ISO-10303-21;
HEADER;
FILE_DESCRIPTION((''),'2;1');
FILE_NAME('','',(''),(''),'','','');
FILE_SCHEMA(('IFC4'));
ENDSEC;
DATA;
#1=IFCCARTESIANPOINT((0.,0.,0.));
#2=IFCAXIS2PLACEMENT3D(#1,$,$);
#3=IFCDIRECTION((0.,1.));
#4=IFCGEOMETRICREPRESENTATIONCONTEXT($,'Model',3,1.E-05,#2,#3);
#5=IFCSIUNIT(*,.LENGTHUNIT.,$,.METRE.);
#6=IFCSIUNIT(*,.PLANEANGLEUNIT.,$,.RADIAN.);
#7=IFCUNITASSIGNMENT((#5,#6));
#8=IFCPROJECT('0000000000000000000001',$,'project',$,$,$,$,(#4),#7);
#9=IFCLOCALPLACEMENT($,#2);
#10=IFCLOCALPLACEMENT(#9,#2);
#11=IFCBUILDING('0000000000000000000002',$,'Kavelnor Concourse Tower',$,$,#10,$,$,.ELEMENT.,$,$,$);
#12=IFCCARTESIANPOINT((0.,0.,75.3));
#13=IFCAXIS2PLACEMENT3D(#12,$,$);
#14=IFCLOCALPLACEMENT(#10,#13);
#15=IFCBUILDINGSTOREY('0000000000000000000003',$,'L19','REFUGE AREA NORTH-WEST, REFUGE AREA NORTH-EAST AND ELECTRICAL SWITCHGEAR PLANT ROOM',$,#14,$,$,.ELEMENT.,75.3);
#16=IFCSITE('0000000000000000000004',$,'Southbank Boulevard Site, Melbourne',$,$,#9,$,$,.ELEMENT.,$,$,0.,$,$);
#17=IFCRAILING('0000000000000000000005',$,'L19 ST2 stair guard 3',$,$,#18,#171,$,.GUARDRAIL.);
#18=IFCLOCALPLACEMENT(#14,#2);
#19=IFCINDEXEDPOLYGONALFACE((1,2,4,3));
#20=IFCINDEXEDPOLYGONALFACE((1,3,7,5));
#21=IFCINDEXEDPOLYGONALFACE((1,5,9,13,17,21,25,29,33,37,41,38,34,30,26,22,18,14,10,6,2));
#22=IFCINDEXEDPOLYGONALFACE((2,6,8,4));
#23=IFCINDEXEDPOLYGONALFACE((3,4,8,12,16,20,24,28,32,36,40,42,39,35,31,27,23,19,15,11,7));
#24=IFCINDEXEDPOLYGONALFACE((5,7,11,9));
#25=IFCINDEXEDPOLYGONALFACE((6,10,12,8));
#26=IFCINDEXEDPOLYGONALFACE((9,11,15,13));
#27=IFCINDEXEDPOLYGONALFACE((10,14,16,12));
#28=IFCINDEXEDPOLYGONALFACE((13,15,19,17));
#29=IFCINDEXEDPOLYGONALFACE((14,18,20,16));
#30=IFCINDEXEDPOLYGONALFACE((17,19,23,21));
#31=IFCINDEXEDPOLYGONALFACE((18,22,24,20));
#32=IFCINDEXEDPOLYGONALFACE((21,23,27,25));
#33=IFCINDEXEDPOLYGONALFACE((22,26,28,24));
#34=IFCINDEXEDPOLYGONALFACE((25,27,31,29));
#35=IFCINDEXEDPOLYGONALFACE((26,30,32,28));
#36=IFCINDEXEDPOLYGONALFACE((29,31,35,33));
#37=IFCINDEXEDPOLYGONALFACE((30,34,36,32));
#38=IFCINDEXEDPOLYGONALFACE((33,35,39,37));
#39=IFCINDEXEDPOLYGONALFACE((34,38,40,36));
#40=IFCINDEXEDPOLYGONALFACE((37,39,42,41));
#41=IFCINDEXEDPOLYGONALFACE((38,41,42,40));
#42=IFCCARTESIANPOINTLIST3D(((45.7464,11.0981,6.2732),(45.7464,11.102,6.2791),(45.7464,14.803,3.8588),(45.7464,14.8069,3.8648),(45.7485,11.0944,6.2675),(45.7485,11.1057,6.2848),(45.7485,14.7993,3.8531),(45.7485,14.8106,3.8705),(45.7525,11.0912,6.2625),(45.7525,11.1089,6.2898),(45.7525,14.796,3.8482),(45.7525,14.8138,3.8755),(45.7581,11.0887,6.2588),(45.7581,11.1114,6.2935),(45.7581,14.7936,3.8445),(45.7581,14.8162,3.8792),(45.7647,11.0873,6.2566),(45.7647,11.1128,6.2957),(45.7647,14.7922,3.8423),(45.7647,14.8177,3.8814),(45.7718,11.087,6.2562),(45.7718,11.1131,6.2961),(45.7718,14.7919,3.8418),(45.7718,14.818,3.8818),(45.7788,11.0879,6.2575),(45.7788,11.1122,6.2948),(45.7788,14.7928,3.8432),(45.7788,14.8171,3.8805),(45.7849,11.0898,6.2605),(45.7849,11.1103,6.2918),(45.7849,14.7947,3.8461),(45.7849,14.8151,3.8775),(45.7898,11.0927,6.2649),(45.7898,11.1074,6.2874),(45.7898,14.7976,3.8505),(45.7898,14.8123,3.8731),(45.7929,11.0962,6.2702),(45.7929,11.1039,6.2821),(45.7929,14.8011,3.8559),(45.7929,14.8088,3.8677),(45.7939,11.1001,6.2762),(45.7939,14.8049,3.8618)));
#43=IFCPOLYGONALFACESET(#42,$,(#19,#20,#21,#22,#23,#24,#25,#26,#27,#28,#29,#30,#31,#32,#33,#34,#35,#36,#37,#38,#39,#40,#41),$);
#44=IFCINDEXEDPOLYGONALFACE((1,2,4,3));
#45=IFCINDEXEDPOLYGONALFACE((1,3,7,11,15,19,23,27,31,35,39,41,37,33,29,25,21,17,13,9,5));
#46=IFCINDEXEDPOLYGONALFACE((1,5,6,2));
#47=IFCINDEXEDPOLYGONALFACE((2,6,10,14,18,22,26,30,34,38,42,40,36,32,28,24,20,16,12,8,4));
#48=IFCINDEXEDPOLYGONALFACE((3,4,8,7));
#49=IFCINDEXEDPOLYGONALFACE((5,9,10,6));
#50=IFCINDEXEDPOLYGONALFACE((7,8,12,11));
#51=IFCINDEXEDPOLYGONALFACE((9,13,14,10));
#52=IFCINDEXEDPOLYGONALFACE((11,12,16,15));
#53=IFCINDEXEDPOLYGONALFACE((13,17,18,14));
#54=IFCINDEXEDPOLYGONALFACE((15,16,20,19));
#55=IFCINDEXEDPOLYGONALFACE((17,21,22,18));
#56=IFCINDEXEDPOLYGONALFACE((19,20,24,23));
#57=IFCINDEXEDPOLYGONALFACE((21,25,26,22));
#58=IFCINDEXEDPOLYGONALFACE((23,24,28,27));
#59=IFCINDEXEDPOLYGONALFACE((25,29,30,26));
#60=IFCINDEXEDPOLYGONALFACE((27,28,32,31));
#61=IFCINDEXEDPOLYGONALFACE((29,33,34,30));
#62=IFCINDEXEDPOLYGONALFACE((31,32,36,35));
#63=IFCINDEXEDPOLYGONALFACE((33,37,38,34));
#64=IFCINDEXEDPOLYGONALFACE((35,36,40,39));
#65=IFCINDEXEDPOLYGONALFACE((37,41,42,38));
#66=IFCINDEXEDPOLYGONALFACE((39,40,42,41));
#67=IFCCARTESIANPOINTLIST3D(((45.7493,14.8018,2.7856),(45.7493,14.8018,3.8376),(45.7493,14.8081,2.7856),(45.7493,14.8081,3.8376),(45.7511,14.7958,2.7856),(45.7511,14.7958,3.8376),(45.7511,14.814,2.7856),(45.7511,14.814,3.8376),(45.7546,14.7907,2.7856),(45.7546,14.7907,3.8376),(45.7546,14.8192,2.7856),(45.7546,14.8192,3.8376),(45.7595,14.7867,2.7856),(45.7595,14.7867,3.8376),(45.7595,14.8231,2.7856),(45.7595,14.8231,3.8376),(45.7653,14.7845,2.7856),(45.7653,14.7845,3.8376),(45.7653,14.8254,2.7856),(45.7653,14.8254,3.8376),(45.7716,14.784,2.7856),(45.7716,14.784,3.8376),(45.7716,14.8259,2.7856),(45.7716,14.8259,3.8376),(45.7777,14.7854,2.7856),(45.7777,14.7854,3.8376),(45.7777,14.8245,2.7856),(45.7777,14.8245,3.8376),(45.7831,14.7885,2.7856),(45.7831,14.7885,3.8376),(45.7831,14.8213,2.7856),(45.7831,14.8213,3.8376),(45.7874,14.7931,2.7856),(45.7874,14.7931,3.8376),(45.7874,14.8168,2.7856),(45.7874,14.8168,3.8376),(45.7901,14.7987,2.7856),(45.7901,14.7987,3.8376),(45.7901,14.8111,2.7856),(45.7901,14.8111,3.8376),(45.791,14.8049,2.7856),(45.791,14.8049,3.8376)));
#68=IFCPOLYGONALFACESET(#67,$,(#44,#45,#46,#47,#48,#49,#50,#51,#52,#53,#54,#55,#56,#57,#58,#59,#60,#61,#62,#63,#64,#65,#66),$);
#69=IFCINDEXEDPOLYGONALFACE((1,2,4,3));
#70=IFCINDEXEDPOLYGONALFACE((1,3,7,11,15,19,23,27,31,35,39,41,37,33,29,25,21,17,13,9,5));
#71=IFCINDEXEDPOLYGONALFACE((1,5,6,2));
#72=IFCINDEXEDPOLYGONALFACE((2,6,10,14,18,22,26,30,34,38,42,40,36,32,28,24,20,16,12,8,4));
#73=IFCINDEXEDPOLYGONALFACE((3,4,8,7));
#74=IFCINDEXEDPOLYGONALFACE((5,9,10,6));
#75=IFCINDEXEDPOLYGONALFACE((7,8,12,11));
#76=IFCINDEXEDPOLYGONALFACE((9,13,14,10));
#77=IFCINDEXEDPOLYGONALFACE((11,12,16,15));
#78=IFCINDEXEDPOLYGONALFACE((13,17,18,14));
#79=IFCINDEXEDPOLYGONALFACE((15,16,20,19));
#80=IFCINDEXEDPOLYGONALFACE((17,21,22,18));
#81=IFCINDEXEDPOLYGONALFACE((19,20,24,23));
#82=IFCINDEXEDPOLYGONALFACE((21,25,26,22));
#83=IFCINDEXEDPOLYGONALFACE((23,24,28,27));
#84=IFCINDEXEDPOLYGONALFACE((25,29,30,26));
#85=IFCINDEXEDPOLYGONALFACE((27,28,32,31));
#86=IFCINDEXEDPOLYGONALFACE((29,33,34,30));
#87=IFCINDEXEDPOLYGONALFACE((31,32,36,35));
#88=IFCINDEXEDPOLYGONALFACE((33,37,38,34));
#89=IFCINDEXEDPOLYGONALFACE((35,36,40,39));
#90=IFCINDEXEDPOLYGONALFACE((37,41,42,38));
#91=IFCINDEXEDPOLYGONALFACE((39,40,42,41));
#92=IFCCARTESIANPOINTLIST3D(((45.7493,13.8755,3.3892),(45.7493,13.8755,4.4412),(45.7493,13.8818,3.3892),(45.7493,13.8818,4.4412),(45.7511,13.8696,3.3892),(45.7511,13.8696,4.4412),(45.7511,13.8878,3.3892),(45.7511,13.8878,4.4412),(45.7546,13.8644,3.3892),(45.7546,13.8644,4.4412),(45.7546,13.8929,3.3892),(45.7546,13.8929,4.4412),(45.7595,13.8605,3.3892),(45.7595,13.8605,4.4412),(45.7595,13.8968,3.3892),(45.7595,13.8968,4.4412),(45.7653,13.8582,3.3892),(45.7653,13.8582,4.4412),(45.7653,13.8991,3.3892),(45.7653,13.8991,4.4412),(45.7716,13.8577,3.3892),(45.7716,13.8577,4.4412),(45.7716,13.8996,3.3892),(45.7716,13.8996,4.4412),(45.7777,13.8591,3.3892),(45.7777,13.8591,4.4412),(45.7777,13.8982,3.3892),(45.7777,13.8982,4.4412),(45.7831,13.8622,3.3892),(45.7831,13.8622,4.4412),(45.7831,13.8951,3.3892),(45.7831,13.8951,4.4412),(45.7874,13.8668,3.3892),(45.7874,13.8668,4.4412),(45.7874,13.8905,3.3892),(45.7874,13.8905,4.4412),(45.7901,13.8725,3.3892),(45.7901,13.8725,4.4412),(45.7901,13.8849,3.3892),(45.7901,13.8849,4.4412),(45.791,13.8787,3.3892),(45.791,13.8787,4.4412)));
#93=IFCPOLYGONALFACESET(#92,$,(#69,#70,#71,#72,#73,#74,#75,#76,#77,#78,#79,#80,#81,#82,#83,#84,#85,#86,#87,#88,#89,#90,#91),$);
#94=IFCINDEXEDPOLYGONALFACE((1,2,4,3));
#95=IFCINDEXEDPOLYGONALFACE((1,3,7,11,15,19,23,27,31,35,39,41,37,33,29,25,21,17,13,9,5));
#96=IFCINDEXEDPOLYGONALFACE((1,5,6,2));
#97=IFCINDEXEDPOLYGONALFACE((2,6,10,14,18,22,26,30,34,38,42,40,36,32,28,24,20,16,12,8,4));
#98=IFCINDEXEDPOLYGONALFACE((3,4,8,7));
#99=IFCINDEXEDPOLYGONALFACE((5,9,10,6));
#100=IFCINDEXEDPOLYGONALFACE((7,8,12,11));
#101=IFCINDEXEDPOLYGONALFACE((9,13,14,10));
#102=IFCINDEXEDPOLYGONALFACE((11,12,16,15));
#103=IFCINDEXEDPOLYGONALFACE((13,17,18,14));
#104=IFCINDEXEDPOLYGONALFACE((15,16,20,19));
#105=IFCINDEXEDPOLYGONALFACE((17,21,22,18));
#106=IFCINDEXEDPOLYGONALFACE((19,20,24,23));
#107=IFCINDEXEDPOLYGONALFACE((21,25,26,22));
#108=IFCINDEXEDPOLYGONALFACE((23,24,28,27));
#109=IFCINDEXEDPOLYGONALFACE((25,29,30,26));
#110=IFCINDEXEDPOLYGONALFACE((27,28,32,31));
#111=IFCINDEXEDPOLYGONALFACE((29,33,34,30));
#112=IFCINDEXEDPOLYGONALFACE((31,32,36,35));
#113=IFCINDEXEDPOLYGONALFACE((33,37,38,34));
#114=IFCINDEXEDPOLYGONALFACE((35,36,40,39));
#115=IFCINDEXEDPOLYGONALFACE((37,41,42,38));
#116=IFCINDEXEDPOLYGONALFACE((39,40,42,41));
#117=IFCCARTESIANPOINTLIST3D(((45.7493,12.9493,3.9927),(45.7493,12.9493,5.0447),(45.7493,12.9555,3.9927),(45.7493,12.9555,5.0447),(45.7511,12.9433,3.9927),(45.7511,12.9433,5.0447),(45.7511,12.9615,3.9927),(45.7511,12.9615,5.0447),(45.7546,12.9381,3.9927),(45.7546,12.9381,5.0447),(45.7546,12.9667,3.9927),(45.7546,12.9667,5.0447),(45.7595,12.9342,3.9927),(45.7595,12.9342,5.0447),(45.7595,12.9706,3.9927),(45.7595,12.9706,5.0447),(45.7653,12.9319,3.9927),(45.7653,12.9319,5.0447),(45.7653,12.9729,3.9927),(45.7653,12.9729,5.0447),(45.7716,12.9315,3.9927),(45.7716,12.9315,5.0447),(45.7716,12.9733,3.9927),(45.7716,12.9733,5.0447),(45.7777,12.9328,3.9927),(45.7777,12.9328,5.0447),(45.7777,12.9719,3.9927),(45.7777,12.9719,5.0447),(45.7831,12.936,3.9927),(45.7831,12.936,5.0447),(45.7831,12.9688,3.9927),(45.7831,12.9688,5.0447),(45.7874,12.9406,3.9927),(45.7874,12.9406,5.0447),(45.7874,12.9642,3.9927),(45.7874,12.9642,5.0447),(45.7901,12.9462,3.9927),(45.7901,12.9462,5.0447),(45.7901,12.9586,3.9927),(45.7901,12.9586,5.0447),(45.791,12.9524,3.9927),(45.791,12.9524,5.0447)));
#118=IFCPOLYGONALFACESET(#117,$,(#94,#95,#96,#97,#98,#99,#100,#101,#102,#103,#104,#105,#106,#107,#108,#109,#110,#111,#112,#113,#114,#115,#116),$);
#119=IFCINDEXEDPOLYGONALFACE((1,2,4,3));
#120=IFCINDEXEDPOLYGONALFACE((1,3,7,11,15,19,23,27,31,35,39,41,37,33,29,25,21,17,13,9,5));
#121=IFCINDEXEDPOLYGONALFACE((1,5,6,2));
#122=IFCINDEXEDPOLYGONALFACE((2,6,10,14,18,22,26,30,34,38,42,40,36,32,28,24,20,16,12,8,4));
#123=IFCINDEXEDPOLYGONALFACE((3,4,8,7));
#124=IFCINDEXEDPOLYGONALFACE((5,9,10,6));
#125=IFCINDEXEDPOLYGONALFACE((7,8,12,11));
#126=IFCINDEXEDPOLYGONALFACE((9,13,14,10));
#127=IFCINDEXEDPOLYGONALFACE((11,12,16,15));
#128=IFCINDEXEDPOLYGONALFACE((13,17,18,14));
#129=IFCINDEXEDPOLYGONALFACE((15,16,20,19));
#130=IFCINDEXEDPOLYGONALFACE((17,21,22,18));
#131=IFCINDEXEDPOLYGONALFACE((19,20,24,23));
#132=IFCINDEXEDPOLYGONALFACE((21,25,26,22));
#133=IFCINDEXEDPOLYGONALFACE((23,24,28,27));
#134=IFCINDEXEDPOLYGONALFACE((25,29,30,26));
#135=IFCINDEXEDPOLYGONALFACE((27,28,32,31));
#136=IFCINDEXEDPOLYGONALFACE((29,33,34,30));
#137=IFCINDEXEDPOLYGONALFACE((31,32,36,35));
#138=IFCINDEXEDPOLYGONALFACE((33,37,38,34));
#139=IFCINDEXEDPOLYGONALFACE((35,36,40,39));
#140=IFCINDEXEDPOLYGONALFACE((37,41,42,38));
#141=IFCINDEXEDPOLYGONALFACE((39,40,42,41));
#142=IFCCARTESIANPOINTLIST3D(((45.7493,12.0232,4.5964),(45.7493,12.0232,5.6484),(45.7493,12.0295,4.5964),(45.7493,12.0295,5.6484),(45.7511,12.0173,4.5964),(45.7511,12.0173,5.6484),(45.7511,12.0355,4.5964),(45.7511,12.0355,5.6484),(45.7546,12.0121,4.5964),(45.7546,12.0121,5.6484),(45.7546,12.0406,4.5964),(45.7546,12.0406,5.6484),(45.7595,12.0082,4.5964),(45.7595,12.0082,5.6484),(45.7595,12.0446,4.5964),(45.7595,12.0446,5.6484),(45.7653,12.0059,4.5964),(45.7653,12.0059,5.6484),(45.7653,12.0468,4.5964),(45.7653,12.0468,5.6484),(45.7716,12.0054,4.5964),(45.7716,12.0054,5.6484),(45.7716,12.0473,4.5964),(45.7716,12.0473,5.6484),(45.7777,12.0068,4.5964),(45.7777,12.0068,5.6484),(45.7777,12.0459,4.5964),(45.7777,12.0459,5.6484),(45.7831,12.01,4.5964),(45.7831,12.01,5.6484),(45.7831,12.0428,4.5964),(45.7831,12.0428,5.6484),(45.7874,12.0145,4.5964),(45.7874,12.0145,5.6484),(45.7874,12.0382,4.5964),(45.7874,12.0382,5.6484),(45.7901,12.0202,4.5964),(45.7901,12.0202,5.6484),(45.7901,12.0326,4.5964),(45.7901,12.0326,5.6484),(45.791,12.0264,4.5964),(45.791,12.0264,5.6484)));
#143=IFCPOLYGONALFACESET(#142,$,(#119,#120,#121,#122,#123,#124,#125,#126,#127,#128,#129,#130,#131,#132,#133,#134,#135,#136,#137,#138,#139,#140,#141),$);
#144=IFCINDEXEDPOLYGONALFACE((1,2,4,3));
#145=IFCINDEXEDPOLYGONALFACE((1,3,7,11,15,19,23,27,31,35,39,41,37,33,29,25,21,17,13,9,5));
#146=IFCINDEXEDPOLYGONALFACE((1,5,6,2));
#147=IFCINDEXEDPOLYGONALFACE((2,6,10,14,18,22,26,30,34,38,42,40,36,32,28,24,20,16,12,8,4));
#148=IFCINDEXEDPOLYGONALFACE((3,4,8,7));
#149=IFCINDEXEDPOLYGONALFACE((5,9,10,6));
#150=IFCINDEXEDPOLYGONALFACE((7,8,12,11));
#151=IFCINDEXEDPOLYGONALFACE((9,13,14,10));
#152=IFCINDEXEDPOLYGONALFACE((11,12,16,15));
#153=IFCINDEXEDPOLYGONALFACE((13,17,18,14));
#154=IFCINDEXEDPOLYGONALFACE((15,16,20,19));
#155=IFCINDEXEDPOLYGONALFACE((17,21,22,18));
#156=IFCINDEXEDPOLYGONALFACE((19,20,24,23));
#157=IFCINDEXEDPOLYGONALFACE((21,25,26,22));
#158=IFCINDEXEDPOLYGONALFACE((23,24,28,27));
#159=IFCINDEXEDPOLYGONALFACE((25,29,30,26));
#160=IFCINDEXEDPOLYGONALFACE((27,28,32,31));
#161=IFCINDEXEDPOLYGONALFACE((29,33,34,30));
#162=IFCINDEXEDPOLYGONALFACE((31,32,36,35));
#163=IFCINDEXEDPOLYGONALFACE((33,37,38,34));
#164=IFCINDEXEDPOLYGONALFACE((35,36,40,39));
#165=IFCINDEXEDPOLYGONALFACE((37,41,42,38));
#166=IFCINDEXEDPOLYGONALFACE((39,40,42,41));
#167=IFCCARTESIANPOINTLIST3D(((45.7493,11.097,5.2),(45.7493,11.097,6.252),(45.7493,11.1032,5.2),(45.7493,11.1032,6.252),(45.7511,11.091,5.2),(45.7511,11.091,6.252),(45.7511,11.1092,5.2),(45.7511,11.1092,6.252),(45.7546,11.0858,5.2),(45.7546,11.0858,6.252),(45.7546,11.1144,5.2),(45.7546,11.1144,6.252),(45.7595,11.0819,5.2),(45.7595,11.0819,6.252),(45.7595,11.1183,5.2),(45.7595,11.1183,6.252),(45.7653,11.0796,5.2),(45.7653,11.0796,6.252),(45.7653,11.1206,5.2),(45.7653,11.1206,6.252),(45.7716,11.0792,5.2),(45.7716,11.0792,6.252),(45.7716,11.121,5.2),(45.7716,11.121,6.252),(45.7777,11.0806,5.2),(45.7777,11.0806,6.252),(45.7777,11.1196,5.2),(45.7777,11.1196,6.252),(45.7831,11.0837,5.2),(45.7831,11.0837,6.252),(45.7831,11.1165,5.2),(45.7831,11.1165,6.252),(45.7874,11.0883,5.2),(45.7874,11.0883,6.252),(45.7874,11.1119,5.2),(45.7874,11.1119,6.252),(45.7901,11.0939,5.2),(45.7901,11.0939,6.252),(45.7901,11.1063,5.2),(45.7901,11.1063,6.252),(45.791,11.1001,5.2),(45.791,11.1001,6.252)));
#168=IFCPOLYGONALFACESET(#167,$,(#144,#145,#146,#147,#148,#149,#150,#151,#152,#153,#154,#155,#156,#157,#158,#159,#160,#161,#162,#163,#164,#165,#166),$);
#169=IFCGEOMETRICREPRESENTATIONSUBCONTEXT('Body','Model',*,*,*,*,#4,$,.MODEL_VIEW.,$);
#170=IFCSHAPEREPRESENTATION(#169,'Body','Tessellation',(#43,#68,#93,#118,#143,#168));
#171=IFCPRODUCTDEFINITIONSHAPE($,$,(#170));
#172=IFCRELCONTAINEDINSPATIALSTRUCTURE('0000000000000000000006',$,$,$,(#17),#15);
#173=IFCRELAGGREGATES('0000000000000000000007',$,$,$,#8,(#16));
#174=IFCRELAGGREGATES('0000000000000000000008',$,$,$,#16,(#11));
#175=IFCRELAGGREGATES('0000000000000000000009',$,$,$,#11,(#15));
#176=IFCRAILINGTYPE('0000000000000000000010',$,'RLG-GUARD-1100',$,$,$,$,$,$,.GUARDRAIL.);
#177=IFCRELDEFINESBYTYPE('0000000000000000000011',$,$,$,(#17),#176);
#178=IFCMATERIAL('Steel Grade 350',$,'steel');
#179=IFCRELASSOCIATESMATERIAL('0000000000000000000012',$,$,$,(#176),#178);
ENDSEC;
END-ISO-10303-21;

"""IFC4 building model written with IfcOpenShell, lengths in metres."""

from ifc_helpers import new_model, si_unit, direction, frame, origin, origin_2d, place, context, subcontext, project, spatial, circle, extrude, material, type_object, element, save


model = new_model("IFC4")

# Units and contexts
model_context = context("Model", 3, precision=1e-05, world=origin(), true_north=direction((0.0, 1.0)))
body_context = subcontext(model_context, "Body", "Model", "MODEL_VIEW")
ifc_project = project(units=[si_unit("LENGTHUNIT", "METRE"), si_unit("PLANEANGLEUNIT", "RADIAN")], contexts=[model_context])

# Site, building, storey
site_placement = place(None, origin())
site = spatial("IfcSite", under=ifc_project, at=site_placement, Name="Southbank Boulevard Site, Melbourne", CompositionType="ELEMENT", RefElevation=0.0)
building_placement = place(site_placement, origin())
building = spatial("IfcBuilding", under=site, at=building_placement, Name="Kavelnor Concourse Tower", CompositionType="ELEMENT")
storey_placement = place(building_placement, frame((0.0, 0.0, 75.3)))
storey = spatial("IfcBuildingStorey", under=building, at=storey_placement, Name="L19", Description="REFUGE AREA NORTH-WEST, REFUGE AREA NORTH-EAST AND ELECTRICAL SWITCHGEAR PLANT ROOM", CompositionType="ELEMENT", Elevation=75.3)

# Shared definitions
ifc_material_1 = material(Name="Steel Grade 350", Category="steel")

# Railing
railing_type_1 = type_object("IfcRailingType", Name="RLG-GUARD-1100", PredefinedType="GUARDRAIL", material=ifc_material_1)
railing_1_placement = place(storey_placement, frame((45.77, 14.8049, 2.7856)))
element("IfcRailing", 1, at=railing_1_placement, inside=storey, type_object=railing_type_1, Name="L19 ST2 stair guard 3", PredefinedType="GUARDRAIL", context=body_context, shape_type="SweptSolid", body=[
    extrude(circle(Radius=0.0239, at=origin_2d()), frame((0.0, 0.0, 1.0762), z_axis=(0.0, -0.837806, 0.545968), x_axis=(1.0, 0.0, 0.0)), (0.0, 0.0, 1.0), 4.4221),
    extrude(circle(Radius=0.021, at=origin_2d()), origin(), (0.0, 0.0, 1.0), 1.052),
    extrude(circle(Radius=0.021, at=origin_2d()), frame((0.0, -0.9263, 0.6035)), (0.0, 0.0, 1.0), 1.052),
    extrude(circle(Radius=0.021, at=origin_2d()), frame((0.0, -1.8525, 1.207)), (0.0, 0.0, 1.0), 1.052),
    extrude(circle(Radius=0.021, at=origin_2d()), frame((0.0, -2.7786, 1.8108)), (0.0, 0.0, 1.0), 1.052),
    extrude(circle(Radius=0.021, at=origin_2d()), frame((0.0, -3.7048, 2.4143)), (0.0, 0.0, 1.0), 1.052),
])

save(model, "model.ifc")
